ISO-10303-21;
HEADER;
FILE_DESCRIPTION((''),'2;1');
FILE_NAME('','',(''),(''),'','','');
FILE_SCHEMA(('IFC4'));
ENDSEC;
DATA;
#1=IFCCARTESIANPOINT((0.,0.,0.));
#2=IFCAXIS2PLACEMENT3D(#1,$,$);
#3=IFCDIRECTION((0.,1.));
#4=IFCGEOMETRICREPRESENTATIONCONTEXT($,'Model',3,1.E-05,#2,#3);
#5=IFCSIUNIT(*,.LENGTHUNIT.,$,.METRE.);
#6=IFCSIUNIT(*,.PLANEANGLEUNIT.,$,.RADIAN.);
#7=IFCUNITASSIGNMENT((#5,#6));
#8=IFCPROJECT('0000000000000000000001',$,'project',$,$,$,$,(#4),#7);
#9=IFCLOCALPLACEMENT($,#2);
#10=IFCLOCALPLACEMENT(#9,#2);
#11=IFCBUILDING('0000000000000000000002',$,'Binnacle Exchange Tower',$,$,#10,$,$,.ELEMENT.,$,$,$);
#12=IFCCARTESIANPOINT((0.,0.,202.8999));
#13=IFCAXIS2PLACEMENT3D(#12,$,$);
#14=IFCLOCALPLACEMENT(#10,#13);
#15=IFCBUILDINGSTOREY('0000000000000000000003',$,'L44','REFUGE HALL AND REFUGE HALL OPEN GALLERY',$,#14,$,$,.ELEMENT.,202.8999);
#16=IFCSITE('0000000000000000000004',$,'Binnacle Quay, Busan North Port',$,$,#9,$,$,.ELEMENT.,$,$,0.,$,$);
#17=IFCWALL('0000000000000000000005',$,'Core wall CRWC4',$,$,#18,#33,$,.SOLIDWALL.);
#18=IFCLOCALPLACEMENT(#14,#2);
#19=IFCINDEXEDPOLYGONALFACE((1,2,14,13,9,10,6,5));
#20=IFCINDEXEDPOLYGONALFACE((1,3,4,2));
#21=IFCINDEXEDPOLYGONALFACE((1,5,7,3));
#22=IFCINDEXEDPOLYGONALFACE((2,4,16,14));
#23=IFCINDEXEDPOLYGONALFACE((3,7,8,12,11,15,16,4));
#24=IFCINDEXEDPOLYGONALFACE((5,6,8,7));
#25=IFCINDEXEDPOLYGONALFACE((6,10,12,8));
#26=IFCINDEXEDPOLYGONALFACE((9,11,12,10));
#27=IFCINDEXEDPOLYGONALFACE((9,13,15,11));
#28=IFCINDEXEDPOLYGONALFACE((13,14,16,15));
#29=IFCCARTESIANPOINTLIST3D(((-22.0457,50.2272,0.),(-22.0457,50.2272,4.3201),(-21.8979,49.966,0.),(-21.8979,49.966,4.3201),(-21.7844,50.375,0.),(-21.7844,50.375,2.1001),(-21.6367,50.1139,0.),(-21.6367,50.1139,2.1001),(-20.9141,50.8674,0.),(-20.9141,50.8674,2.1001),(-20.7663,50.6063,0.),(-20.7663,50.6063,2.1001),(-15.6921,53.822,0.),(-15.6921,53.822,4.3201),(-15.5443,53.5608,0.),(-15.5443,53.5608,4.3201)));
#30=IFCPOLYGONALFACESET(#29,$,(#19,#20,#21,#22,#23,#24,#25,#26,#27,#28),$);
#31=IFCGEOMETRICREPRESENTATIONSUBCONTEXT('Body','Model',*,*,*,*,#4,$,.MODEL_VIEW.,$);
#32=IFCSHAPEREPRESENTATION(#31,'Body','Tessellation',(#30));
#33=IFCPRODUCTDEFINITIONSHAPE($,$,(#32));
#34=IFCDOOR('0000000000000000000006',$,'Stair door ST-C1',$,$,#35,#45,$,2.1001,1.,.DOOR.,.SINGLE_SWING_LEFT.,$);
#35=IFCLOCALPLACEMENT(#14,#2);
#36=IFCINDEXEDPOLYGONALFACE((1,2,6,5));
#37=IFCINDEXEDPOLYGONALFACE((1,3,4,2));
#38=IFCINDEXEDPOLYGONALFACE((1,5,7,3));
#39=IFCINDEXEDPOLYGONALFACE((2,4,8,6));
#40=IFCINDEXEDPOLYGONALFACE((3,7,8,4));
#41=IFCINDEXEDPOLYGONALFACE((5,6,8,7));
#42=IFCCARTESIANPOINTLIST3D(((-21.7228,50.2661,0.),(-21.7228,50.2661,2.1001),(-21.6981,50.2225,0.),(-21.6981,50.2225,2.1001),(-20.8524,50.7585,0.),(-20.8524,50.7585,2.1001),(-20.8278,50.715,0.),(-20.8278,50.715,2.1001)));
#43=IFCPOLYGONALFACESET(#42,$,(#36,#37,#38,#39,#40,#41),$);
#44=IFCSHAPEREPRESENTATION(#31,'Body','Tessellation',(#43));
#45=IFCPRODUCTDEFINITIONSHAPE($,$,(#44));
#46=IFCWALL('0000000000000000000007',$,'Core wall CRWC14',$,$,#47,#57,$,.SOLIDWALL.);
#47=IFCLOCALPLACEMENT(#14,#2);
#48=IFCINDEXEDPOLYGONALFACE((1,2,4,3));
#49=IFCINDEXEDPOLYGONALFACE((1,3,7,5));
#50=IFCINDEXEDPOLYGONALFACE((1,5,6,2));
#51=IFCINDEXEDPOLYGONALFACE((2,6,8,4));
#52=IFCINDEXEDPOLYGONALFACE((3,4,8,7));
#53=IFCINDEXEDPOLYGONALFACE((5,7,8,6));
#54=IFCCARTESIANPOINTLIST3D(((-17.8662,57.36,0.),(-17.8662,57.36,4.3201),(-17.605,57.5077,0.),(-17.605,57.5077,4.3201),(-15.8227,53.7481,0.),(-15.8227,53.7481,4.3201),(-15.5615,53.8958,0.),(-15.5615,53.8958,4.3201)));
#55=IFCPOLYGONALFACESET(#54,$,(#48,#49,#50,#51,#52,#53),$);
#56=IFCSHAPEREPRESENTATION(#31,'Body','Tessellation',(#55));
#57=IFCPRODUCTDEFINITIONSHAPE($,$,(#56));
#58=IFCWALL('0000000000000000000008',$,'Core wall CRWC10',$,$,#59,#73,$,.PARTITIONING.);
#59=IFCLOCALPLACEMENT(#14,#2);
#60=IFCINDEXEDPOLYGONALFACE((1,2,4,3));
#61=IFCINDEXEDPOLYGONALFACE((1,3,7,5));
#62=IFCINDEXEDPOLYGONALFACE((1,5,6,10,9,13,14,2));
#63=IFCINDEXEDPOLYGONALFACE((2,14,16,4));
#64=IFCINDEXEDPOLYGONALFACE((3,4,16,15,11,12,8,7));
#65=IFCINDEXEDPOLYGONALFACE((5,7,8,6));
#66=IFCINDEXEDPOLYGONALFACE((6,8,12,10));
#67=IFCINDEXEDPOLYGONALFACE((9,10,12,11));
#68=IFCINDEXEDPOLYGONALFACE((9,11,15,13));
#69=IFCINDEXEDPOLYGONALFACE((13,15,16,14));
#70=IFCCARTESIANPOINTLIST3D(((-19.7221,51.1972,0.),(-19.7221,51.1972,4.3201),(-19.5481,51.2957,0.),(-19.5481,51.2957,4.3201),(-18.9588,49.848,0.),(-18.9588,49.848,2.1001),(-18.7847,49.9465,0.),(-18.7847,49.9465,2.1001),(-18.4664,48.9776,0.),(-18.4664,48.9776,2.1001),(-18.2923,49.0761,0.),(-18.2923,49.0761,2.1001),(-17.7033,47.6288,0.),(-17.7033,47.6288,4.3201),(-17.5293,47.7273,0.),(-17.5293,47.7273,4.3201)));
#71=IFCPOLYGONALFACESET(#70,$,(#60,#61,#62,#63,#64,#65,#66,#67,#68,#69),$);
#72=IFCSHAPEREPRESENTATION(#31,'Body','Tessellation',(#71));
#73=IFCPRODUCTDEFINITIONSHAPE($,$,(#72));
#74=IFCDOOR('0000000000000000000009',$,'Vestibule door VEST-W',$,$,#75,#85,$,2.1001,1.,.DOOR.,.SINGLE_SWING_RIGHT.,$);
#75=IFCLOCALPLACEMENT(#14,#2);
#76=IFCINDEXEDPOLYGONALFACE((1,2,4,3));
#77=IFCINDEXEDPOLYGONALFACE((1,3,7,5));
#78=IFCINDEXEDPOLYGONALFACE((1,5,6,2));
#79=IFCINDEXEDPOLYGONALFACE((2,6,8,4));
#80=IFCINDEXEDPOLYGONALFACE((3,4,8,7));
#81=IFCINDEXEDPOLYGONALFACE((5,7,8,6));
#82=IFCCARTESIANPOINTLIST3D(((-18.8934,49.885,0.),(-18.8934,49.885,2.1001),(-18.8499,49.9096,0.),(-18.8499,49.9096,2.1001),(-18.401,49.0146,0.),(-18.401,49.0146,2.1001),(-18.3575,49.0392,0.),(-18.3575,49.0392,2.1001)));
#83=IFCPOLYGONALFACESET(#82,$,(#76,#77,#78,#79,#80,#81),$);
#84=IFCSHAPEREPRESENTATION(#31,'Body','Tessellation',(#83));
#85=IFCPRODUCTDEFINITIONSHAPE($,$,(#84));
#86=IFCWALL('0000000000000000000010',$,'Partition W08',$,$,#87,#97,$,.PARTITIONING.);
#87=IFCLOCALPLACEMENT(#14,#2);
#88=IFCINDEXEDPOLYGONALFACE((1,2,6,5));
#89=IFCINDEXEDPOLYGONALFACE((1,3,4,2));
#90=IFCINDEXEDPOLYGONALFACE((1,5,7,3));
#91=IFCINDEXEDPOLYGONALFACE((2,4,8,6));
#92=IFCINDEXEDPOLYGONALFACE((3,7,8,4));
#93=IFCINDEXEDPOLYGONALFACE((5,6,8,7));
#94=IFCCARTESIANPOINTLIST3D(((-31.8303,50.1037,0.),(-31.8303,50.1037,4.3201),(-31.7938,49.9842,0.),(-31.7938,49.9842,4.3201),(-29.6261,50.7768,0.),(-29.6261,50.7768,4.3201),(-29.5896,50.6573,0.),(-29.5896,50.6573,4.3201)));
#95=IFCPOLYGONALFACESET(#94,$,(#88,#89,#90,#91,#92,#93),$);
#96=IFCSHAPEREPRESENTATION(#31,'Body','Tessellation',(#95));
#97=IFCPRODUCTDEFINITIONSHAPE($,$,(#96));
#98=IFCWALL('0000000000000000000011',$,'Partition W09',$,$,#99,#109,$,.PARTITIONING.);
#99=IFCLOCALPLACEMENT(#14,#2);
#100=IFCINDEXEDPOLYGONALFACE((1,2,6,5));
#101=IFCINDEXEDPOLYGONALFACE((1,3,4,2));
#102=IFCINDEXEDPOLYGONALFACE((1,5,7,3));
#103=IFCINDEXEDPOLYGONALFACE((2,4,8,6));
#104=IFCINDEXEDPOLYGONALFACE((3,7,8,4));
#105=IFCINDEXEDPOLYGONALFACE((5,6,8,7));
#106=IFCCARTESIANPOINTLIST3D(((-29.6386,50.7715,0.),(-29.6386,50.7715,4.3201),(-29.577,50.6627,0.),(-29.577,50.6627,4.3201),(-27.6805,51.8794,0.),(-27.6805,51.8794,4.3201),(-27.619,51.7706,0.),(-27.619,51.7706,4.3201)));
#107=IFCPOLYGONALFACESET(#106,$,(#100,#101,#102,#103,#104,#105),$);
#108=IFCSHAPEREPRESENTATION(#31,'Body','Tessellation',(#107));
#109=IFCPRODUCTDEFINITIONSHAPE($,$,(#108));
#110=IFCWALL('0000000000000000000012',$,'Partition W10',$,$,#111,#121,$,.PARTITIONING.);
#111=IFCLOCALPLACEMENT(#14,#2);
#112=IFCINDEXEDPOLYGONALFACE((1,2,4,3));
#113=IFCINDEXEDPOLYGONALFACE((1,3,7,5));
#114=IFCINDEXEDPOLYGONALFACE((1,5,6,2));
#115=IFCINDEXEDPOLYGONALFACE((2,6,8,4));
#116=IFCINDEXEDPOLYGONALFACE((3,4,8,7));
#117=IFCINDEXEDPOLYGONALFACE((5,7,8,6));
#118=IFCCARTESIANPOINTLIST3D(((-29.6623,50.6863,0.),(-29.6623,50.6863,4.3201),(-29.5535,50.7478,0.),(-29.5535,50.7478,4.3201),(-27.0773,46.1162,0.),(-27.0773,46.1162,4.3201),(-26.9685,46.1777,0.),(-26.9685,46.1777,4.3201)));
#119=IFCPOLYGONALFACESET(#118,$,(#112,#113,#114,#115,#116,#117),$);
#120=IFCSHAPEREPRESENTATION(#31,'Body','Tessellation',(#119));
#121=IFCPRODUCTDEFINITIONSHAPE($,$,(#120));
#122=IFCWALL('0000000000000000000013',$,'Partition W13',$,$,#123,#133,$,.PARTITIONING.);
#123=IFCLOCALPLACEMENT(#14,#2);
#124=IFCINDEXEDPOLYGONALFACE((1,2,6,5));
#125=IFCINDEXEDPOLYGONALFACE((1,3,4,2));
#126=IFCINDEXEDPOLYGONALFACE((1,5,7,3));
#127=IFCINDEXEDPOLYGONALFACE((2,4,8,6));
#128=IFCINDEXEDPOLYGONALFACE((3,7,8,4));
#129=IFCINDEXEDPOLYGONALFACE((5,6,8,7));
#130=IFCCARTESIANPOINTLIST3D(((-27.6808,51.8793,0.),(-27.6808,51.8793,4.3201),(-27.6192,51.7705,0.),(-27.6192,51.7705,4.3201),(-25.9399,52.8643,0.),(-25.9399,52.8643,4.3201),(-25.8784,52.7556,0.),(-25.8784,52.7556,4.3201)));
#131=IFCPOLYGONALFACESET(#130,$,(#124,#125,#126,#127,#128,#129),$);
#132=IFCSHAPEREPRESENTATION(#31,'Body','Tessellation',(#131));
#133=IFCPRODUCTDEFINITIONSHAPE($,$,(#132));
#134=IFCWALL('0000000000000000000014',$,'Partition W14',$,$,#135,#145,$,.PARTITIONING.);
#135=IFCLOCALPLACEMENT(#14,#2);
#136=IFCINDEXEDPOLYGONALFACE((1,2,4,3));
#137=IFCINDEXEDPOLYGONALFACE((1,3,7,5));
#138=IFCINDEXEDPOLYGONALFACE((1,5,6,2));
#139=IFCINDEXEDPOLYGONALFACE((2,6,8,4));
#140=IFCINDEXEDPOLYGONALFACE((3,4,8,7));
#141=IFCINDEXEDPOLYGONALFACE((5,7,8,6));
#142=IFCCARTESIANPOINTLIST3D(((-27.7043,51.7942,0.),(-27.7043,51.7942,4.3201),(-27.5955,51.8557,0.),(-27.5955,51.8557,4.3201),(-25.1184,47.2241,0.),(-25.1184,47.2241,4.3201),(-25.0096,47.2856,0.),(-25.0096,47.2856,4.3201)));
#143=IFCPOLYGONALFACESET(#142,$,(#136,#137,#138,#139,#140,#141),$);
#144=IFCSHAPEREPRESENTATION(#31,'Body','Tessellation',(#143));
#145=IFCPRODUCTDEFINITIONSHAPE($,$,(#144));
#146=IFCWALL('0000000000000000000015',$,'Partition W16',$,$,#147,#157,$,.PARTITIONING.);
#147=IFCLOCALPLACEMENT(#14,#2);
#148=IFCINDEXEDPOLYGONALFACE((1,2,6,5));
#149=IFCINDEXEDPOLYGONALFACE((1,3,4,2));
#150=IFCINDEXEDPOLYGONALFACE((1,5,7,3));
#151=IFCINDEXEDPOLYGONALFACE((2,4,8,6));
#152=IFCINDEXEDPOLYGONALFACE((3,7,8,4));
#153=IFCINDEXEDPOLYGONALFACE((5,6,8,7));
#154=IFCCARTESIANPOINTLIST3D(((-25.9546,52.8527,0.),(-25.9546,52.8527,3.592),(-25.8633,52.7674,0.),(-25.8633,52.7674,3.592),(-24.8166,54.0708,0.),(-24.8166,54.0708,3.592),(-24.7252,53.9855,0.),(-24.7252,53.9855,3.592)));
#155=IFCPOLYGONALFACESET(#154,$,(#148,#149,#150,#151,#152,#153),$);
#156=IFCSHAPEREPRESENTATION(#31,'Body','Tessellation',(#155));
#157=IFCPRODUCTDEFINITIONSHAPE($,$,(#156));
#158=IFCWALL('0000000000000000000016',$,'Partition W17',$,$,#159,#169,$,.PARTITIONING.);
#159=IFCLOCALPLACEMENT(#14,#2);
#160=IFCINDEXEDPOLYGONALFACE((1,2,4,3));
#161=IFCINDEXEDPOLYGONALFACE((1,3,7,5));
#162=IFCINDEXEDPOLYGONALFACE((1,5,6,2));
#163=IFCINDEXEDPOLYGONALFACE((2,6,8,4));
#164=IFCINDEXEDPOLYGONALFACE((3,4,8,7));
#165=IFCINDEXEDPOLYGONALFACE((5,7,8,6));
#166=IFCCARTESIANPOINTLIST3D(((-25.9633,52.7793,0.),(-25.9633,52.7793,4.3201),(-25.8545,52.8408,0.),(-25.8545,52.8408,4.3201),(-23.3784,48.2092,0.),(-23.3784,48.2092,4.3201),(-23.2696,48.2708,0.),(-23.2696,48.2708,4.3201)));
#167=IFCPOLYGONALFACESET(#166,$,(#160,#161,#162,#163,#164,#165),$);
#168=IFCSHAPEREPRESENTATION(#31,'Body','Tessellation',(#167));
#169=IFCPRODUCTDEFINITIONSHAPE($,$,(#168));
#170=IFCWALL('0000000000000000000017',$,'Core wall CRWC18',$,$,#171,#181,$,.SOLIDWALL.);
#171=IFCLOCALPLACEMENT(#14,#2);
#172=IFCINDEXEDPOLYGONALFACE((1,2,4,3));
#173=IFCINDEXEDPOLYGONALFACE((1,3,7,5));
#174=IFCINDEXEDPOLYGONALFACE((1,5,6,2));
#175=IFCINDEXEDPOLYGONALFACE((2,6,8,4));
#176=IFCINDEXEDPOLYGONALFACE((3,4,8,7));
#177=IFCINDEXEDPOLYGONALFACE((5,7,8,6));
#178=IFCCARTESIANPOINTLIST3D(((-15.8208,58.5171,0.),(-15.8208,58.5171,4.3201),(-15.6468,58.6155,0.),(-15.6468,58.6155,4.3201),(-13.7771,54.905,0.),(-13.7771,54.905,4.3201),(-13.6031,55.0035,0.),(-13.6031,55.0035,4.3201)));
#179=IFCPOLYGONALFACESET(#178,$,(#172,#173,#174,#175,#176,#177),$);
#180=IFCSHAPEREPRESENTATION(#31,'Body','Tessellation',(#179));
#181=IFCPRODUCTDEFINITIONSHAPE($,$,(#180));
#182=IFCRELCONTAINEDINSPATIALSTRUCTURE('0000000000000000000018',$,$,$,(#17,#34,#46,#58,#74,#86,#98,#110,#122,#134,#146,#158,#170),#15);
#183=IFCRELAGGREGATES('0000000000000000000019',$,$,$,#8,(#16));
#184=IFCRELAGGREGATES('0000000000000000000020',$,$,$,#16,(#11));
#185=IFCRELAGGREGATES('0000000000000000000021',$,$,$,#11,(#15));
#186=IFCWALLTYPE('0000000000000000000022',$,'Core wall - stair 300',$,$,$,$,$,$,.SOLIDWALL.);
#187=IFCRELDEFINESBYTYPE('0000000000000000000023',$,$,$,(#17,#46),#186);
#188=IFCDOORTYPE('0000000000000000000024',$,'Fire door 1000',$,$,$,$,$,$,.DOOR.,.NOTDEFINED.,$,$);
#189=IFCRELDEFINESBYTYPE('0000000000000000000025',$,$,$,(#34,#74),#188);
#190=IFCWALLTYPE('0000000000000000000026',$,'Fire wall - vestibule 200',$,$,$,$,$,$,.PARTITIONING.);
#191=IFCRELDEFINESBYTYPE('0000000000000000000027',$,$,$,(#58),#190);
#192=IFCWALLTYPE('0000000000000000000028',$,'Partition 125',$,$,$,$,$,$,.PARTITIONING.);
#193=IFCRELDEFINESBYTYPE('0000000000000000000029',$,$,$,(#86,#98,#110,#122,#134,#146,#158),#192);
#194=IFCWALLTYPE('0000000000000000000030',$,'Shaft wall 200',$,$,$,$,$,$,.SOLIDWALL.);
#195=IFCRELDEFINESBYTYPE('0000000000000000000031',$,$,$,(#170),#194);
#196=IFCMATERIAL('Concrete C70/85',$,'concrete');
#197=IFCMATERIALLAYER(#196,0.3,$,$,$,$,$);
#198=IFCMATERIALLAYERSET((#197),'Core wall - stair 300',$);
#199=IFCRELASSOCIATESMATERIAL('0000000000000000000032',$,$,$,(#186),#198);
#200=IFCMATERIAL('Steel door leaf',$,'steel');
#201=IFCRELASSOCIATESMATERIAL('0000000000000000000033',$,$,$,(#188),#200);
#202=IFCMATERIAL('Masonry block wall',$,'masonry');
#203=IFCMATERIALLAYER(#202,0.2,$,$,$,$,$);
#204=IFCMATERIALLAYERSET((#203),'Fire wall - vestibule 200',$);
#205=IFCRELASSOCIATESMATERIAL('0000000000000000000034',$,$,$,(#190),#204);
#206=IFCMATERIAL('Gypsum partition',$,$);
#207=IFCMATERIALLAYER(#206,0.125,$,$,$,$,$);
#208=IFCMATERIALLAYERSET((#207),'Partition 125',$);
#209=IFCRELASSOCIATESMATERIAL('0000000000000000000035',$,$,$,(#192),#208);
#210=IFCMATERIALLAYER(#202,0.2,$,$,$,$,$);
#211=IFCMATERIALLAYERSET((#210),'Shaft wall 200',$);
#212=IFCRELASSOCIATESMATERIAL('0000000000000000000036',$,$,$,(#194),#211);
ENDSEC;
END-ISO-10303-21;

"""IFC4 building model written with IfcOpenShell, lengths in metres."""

from ifc_helpers import new_model, si_unit, direction, frame, frame_2d, origin, place, context, subcontext, project, spatial, rectangle, extrude, material, layer, layer_set, type_object, element, fill, save


model = new_model("IFC4")

# Units and contexts
model_context = context("Model", 3, precision=1e-05, world=origin(), true_north=direction((0.0, 1.0)))
body_context = subcontext(model_context, "Body", "Model", "MODEL_VIEW")
ifc_project = project(units=[si_unit("LENGTHUNIT", "METRE"), si_unit("PLANEANGLEUNIT", "RADIAN")], contexts=[model_context])

# Site, building, storey
site_placement = place(None, origin())
site = spatial("IfcSite", under=ifc_project, at=site_placement, Name="Binnacle Quay, Busan North Port", CompositionType="ELEMENT", RefElevation=0.0)
building_placement = place(site_placement, origin())
building = spatial("IfcBuilding", under=site, at=building_placement, Name="Binnacle Exchange Tower", CompositionType="ELEMENT")
storey_placement = place(building_placement, frame((0.0, 0.0, 202.8999)))
storey = spatial("IfcBuildingStorey", under=building, at=storey_placement, Name="L44", Description="REFUGE HALL AND REFUGE HALL OPEN GALLERY", CompositionType="ELEMENT", Elevation=202.8999)

# Shared definitions
ifc_material_1 = material(Name="Concrete C70/85", Category="concrete")

# Shared definitions
ifc_material_2 = material(Name="Steel door leaf", Category="steel")

# Wall, opening, door
ifc_layer_1 = layer(ifc_material_1, 0.3)
ifc_layer_set_1 = layer_set([ifc_layer_1], Name="Core wall - stair 300")
wall_type_1 = type_object("IfcWallType", Name="Core wall - stair 300", PredefinedType="SOLIDWALL", material=ifc_layer_set_1)
wall_1_placement = place(storey_placement, frame((-21.9717, 50.0967, 0.0), z_axis=(0.0, 0.0, 1.0), x_axis=(0.870351, 0.492432, 0.0)))
wall_1 = element("IfcWall", 1, at=wall_1_placement, inside=storey, type_object=wall_type_1, Name="Core wall CRWC4", PredefinedType="SOLIDWALL", context=body_context, shape_type="SweptSolid", body=[
    extrude(rectangle(XDim=7.3, YDim=0.3, at=frame_2d((3.6499, 0.0))), origin(), (0.0, 0.0, 1.0), 4.3201),
])
opening_1_placement = place(wall_1_placement, frame((0.3, 0.0, 0.0)))
opening_1 = element("IfcOpeningElement", 2, at=opening_1_placement, cuts=wall_1, PredefinedType="OPENING", context=body_context, shape_type="SweptSolid", body=[
    extrude(rectangle(XDim=1.0, YDim=2.1001, at=frame_2d((0.5, 1.05))), frame((0.0, 0.1599, 0.0), z_axis=(0.0, -1.0, 0.0), x_axis=(1.0, 0.0, 0.0)), (0.0, 0.0, 1.0), 0.3201),
])
door_type_1 = type_object("IfcDoorType", Name="Fire door 1000", OperationType="NOTDEFINED", PredefinedType="DOOR", material=ifc_material_2)
door_1_placement = place(opening_1_placement, origin())
door_1 = element("IfcDoor", 3, at=door_1_placement, inside=storey, type_object=door_type_1, Name="Stair door ST-C1", OperationType="SINGLE_SWING_LEFT", OverallHeight=2.1001, OverallWidth=1.0, PredefinedType="DOOR", context=body_context, shape_type="SweptSolid", body=[
    extrude(rectangle(XDim=1.0, YDim=2.1001, at=frame_2d((0.5, 1.05))), frame((0.0, 0.0249, 0.0), z_axis=(0.0, -1.0, 0.0), x_axis=(1.0, 0.0, 0.0)), (0.0, 0.0, 1.0), 0.05),
])
fill(opening_1, door_1)

# Wall
wall_2_placement = place(storey_placement, frame((-17.7356, 57.4338, 0.0), z_axis=(0.0, 0.0, 1.0), x_axis=(0.492422, -0.870357, 0.0)))
element("IfcWall", 4, at=wall_2_placement, inside=storey, type_object=wall_type_1, Name="Core wall CRWC14", PredefinedType="SOLIDWALL", context=body_context, shape_type="SweptSolid", body=[
    extrude(rectangle(XDim=4.1499, YDim=0.3, at=frame_2d((2.075, 0.0))), origin(), (0.0, 0.0, 1.0), 4.3201),
])

# Wall, opening, door
ifc_material_3 = material(Name="Masonry block wall", Category="masonry")
ifc_layer_2 = layer(ifc_material_3, 0.2)
ifc_layer_set_2 = layer_set([ifc_layer_2], Name="Fire wall - vestibule 200")
wall_type_2 = type_object("IfcWallType", Name="Fire wall - vestibule 200", PredefinedType="PARTITIONING", material=ifc_layer_set_2)
wall_3_placement = place(storey_placement, frame((-19.635, 51.2463, 0.0), z_axis=(0.0, 0.0, 1.0), x_axis=(0.492408, -0.870364, 0.0)))
wall_3 = element("IfcWall", 5, at=wall_3_placement, inside=storey, type_object=wall_type_2, Name="Core wall CRWC10", PredefinedType="PARTITIONING", context=body_context, shape_type="SweptSolid", body=[
    extrude(rectangle(XDim=4.0999, YDim=0.2, at=frame_2d((2.0498, 0.0))), origin(), (0.0, 0.0, 1.0), 4.3201),
])
opening_2_placement = place(wall_3_placement, frame((1.55, 0.0, 0.0)))
opening_2 = element("IfcOpeningElement", 6, at=opening_2_placement, cuts=wall_3, PredefinedType="OPENING", context=body_context, shape_type="SweptSolid", body=[
    extrude(rectangle(XDim=1.0, YDim=2.1001, at=frame_2d((0.5, 1.05))), frame((0.0, 0.1099, 0.0), z_axis=(0.0, -1.0, 0.0), x_axis=(1.0, 0.0, 0.0)), (0.0, 0.0, 1.0), 0.22),
])
door_2_placement = place(opening_2_placement, frame((1.0, 0.0, 0.0), z_axis=(0.0, 0.0, 1.0), x_axis=(-1.0, 0.0, 0.0)))
door_2 = element("IfcDoor", 7, at=door_2_placement, inside=storey, type_object=door_type_1, Name="Vestibule door VEST-W", OperationType="SINGLE_SWING_RIGHT", OverallHeight=2.1001, OverallWidth=1.0, PredefinedType="DOOR", context=body_context, shape_type="SweptSolid", body=[
    extrude(rectangle(XDim=1.0, YDim=2.1001, at=frame_2d((0.5, 1.05))), frame((0.0, 0.0249, 0.0), z_axis=(0.0, -1.0, 0.0), x_axis=(1.0, 0.0, 0.0)), (0.0, 0.0, 1.0), 0.05),
])
fill(opening_2, door_2)

# Walls
ifc_material_4 = material(Name="Gypsum partition")
ifc_layer_3 = layer(ifc_material_4, 0.125)
ifc_layer_set_3 = layer_set([ifc_layer_3], Name="Partition 125")
wall_type_3 = type_object("IfcWallType", Name="Partition 125", PredefinedType="PARTITIONING", material=ifc_layer_set_3)
wall_4_placement = place(storey_placement, frame((-31.812, 50.0439, 0.0), z_axis=(0.0, 0.0, 1.0), x_axis=(0.956398, 0.292068, 0.0)))
element("IfcWall", 8, at=wall_4_placement, inside=storey, type_object=wall_type_3, Name="Partition W08", PredefinedType="PARTITIONING", context=body_context, shape_type="SweptSolid", body=[
    extrude(rectangle(XDim=2.3047, YDim=0.125, at=frame_2d((1.1523, 0.0))), origin(), (0.0, 0.0, 1.0), 4.3201),
])
wall_5_placement = place(storey_placement, frame((-29.6079, 50.717, 0.0), z_axis=(0.0, 0.0, 1.0), x_axis=(0.870332, 0.492465, 0.0)))
element("IfcWall", 9, at=wall_5_placement, inside=storey, type_object=wall_type_3, Name="Partition W09", PredefinedType="PARTITIONING", context=body_context, shape_type="SweptSolid", body=[
    extrude(rectangle(XDim=2.2498, YDim=0.125, at=frame_2d((1.125, 0.0))), origin(), (0.0, 0.0, 1.0), 4.3201),
])
wall_6_placement = place(storey_placement, frame((-29.6079, 50.717, 0.0), z_axis=(0.0, 0.0, 1.0), x_axis=(0.492328, -0.87041, 0.0)))
element("IfcWall", 10, at=wall_6_placement, inside=storey, type_object=wall_type_3, Name="Partition W10", PredefinedType="PARTITIONING", context=body_context, shape_type="SweptSolid", body=[
    extrude(rectangle(XDim=5.2505, YDim=0.125, at=frame_2d((2.6252, 0.0))), origin(), (0.0, 0.0, 1.0), 4.3201),
])
wall_7_placement = place(storey_placement, frame((-27.6499, 51.825, 0.0), z_axis=(0.0, 0.0, 1.0), x_axis=(0.870331, 0.492467, 0.0)))
element("IfcWall", 11, at=wall_7_placement, inside=storey, type_object=wall_type_3, Name="Partition W13", PredefinedType="PARTITIONING", context=body_context, shape_type="SweptSolid", body=[
    extrude(rectangle(XDim=2.0002, YDim=0.125, at=frame_2d((1.0, 0.0))), origin(), (0.0, 0.0, 1.0), 4.3201),
])
wall_8_placement = place(storey_placement, frame((-27.6499, 51.825, 0.0), z_axis=(0.0, 0.0, 1.0), x_axis=(0.492469, -0.87033, 0.0)))
element("IfcWall", 12, at=wall_8_placement, inside=storey, type_object=wall_type_3, Name="Partition W14", PredefinedType="PARTITIONING", context=body_context, shape_type="SweptSolid", body=[
    extrude(rectangle(XDim=5.251, YDim=0.125, at=frame_2d((2.6255, 0.0))), origin(), (0.0, 0.0, 1.0), 4.3201),
])
wall_9_placement = place(storey_placement, frame((-25.9089, 52.8101, 0.0), z_axis=(0.0, 0.0, 1.0), x_axis=(0.682678, 0.730719, 0.0)))
element("IfcWall", 13, at=wall_9_placement, inside=storey, type_object=wall_type_3, Name="Partition W16", PredefinedType="PARTITIONING", context=body_context, shape_type="SweptSolid", body=[
    extrude(rectangle(XDim=1.667, YDim=0.125, at=frame_2d((0.8335, 0.0))), origin(), (0.0, 0.0, 1.0), 3.592),
])
wall_10_placement = place(storey_placement, frame((-25.9089, 52.8101, 0.0), z_axis=(0.0, 0.0, 1.0), x_axis=(0.492328, -0.87041, 0.0)))
element("IfcWall", 14, at=wall_10_placement, inside=storey, type_object=wall_type_3, Name="Partition W17", PredefinedType="PARTITIONING", context=body_context, shape_type="SweptSolid", body=[
    extrude(rectangle(XDim=5.2505, YDim=0.125, at=frame_2d((2.6252, 0.0))), origin(), (0.0, 0.0, 1.0), 4.3201),
])
ifc_layer_4 = layer(ifc_material_3, 0.2)
ifc_layer_set_4 = layer_set([ifc_layer_4], Name="Shaft wall 200")
wall_type_4 = type_object("IfcWallType", Name="Shaft wall 200", PredefinedType="SOLIDWALL", material=ifc_layer_set_4)
wall_11_placement = place(storey_placement, frame((-15.7339, 58.5664, 0.0), z_axis=(0.0, 0.0, 1.0), x_axis=(0.492441, -0.870346, 0.0)))
element("IfcWall", 15, at=wall_11_placement, inside=storey, type_object=wall_type_4, Name="Core wall CRWC18", PredefinedType="SOLIDWALL", context=body_context, shape_type="SweptSolid", body=[
    extrude(rectangle(XDim=4.1501, YDim=0.2, at=frame_2d((2.0752, 0.0))), origin(), (0.0, 0.0, 1.0), 4.3201),
])

save(model, "model.ifc")
